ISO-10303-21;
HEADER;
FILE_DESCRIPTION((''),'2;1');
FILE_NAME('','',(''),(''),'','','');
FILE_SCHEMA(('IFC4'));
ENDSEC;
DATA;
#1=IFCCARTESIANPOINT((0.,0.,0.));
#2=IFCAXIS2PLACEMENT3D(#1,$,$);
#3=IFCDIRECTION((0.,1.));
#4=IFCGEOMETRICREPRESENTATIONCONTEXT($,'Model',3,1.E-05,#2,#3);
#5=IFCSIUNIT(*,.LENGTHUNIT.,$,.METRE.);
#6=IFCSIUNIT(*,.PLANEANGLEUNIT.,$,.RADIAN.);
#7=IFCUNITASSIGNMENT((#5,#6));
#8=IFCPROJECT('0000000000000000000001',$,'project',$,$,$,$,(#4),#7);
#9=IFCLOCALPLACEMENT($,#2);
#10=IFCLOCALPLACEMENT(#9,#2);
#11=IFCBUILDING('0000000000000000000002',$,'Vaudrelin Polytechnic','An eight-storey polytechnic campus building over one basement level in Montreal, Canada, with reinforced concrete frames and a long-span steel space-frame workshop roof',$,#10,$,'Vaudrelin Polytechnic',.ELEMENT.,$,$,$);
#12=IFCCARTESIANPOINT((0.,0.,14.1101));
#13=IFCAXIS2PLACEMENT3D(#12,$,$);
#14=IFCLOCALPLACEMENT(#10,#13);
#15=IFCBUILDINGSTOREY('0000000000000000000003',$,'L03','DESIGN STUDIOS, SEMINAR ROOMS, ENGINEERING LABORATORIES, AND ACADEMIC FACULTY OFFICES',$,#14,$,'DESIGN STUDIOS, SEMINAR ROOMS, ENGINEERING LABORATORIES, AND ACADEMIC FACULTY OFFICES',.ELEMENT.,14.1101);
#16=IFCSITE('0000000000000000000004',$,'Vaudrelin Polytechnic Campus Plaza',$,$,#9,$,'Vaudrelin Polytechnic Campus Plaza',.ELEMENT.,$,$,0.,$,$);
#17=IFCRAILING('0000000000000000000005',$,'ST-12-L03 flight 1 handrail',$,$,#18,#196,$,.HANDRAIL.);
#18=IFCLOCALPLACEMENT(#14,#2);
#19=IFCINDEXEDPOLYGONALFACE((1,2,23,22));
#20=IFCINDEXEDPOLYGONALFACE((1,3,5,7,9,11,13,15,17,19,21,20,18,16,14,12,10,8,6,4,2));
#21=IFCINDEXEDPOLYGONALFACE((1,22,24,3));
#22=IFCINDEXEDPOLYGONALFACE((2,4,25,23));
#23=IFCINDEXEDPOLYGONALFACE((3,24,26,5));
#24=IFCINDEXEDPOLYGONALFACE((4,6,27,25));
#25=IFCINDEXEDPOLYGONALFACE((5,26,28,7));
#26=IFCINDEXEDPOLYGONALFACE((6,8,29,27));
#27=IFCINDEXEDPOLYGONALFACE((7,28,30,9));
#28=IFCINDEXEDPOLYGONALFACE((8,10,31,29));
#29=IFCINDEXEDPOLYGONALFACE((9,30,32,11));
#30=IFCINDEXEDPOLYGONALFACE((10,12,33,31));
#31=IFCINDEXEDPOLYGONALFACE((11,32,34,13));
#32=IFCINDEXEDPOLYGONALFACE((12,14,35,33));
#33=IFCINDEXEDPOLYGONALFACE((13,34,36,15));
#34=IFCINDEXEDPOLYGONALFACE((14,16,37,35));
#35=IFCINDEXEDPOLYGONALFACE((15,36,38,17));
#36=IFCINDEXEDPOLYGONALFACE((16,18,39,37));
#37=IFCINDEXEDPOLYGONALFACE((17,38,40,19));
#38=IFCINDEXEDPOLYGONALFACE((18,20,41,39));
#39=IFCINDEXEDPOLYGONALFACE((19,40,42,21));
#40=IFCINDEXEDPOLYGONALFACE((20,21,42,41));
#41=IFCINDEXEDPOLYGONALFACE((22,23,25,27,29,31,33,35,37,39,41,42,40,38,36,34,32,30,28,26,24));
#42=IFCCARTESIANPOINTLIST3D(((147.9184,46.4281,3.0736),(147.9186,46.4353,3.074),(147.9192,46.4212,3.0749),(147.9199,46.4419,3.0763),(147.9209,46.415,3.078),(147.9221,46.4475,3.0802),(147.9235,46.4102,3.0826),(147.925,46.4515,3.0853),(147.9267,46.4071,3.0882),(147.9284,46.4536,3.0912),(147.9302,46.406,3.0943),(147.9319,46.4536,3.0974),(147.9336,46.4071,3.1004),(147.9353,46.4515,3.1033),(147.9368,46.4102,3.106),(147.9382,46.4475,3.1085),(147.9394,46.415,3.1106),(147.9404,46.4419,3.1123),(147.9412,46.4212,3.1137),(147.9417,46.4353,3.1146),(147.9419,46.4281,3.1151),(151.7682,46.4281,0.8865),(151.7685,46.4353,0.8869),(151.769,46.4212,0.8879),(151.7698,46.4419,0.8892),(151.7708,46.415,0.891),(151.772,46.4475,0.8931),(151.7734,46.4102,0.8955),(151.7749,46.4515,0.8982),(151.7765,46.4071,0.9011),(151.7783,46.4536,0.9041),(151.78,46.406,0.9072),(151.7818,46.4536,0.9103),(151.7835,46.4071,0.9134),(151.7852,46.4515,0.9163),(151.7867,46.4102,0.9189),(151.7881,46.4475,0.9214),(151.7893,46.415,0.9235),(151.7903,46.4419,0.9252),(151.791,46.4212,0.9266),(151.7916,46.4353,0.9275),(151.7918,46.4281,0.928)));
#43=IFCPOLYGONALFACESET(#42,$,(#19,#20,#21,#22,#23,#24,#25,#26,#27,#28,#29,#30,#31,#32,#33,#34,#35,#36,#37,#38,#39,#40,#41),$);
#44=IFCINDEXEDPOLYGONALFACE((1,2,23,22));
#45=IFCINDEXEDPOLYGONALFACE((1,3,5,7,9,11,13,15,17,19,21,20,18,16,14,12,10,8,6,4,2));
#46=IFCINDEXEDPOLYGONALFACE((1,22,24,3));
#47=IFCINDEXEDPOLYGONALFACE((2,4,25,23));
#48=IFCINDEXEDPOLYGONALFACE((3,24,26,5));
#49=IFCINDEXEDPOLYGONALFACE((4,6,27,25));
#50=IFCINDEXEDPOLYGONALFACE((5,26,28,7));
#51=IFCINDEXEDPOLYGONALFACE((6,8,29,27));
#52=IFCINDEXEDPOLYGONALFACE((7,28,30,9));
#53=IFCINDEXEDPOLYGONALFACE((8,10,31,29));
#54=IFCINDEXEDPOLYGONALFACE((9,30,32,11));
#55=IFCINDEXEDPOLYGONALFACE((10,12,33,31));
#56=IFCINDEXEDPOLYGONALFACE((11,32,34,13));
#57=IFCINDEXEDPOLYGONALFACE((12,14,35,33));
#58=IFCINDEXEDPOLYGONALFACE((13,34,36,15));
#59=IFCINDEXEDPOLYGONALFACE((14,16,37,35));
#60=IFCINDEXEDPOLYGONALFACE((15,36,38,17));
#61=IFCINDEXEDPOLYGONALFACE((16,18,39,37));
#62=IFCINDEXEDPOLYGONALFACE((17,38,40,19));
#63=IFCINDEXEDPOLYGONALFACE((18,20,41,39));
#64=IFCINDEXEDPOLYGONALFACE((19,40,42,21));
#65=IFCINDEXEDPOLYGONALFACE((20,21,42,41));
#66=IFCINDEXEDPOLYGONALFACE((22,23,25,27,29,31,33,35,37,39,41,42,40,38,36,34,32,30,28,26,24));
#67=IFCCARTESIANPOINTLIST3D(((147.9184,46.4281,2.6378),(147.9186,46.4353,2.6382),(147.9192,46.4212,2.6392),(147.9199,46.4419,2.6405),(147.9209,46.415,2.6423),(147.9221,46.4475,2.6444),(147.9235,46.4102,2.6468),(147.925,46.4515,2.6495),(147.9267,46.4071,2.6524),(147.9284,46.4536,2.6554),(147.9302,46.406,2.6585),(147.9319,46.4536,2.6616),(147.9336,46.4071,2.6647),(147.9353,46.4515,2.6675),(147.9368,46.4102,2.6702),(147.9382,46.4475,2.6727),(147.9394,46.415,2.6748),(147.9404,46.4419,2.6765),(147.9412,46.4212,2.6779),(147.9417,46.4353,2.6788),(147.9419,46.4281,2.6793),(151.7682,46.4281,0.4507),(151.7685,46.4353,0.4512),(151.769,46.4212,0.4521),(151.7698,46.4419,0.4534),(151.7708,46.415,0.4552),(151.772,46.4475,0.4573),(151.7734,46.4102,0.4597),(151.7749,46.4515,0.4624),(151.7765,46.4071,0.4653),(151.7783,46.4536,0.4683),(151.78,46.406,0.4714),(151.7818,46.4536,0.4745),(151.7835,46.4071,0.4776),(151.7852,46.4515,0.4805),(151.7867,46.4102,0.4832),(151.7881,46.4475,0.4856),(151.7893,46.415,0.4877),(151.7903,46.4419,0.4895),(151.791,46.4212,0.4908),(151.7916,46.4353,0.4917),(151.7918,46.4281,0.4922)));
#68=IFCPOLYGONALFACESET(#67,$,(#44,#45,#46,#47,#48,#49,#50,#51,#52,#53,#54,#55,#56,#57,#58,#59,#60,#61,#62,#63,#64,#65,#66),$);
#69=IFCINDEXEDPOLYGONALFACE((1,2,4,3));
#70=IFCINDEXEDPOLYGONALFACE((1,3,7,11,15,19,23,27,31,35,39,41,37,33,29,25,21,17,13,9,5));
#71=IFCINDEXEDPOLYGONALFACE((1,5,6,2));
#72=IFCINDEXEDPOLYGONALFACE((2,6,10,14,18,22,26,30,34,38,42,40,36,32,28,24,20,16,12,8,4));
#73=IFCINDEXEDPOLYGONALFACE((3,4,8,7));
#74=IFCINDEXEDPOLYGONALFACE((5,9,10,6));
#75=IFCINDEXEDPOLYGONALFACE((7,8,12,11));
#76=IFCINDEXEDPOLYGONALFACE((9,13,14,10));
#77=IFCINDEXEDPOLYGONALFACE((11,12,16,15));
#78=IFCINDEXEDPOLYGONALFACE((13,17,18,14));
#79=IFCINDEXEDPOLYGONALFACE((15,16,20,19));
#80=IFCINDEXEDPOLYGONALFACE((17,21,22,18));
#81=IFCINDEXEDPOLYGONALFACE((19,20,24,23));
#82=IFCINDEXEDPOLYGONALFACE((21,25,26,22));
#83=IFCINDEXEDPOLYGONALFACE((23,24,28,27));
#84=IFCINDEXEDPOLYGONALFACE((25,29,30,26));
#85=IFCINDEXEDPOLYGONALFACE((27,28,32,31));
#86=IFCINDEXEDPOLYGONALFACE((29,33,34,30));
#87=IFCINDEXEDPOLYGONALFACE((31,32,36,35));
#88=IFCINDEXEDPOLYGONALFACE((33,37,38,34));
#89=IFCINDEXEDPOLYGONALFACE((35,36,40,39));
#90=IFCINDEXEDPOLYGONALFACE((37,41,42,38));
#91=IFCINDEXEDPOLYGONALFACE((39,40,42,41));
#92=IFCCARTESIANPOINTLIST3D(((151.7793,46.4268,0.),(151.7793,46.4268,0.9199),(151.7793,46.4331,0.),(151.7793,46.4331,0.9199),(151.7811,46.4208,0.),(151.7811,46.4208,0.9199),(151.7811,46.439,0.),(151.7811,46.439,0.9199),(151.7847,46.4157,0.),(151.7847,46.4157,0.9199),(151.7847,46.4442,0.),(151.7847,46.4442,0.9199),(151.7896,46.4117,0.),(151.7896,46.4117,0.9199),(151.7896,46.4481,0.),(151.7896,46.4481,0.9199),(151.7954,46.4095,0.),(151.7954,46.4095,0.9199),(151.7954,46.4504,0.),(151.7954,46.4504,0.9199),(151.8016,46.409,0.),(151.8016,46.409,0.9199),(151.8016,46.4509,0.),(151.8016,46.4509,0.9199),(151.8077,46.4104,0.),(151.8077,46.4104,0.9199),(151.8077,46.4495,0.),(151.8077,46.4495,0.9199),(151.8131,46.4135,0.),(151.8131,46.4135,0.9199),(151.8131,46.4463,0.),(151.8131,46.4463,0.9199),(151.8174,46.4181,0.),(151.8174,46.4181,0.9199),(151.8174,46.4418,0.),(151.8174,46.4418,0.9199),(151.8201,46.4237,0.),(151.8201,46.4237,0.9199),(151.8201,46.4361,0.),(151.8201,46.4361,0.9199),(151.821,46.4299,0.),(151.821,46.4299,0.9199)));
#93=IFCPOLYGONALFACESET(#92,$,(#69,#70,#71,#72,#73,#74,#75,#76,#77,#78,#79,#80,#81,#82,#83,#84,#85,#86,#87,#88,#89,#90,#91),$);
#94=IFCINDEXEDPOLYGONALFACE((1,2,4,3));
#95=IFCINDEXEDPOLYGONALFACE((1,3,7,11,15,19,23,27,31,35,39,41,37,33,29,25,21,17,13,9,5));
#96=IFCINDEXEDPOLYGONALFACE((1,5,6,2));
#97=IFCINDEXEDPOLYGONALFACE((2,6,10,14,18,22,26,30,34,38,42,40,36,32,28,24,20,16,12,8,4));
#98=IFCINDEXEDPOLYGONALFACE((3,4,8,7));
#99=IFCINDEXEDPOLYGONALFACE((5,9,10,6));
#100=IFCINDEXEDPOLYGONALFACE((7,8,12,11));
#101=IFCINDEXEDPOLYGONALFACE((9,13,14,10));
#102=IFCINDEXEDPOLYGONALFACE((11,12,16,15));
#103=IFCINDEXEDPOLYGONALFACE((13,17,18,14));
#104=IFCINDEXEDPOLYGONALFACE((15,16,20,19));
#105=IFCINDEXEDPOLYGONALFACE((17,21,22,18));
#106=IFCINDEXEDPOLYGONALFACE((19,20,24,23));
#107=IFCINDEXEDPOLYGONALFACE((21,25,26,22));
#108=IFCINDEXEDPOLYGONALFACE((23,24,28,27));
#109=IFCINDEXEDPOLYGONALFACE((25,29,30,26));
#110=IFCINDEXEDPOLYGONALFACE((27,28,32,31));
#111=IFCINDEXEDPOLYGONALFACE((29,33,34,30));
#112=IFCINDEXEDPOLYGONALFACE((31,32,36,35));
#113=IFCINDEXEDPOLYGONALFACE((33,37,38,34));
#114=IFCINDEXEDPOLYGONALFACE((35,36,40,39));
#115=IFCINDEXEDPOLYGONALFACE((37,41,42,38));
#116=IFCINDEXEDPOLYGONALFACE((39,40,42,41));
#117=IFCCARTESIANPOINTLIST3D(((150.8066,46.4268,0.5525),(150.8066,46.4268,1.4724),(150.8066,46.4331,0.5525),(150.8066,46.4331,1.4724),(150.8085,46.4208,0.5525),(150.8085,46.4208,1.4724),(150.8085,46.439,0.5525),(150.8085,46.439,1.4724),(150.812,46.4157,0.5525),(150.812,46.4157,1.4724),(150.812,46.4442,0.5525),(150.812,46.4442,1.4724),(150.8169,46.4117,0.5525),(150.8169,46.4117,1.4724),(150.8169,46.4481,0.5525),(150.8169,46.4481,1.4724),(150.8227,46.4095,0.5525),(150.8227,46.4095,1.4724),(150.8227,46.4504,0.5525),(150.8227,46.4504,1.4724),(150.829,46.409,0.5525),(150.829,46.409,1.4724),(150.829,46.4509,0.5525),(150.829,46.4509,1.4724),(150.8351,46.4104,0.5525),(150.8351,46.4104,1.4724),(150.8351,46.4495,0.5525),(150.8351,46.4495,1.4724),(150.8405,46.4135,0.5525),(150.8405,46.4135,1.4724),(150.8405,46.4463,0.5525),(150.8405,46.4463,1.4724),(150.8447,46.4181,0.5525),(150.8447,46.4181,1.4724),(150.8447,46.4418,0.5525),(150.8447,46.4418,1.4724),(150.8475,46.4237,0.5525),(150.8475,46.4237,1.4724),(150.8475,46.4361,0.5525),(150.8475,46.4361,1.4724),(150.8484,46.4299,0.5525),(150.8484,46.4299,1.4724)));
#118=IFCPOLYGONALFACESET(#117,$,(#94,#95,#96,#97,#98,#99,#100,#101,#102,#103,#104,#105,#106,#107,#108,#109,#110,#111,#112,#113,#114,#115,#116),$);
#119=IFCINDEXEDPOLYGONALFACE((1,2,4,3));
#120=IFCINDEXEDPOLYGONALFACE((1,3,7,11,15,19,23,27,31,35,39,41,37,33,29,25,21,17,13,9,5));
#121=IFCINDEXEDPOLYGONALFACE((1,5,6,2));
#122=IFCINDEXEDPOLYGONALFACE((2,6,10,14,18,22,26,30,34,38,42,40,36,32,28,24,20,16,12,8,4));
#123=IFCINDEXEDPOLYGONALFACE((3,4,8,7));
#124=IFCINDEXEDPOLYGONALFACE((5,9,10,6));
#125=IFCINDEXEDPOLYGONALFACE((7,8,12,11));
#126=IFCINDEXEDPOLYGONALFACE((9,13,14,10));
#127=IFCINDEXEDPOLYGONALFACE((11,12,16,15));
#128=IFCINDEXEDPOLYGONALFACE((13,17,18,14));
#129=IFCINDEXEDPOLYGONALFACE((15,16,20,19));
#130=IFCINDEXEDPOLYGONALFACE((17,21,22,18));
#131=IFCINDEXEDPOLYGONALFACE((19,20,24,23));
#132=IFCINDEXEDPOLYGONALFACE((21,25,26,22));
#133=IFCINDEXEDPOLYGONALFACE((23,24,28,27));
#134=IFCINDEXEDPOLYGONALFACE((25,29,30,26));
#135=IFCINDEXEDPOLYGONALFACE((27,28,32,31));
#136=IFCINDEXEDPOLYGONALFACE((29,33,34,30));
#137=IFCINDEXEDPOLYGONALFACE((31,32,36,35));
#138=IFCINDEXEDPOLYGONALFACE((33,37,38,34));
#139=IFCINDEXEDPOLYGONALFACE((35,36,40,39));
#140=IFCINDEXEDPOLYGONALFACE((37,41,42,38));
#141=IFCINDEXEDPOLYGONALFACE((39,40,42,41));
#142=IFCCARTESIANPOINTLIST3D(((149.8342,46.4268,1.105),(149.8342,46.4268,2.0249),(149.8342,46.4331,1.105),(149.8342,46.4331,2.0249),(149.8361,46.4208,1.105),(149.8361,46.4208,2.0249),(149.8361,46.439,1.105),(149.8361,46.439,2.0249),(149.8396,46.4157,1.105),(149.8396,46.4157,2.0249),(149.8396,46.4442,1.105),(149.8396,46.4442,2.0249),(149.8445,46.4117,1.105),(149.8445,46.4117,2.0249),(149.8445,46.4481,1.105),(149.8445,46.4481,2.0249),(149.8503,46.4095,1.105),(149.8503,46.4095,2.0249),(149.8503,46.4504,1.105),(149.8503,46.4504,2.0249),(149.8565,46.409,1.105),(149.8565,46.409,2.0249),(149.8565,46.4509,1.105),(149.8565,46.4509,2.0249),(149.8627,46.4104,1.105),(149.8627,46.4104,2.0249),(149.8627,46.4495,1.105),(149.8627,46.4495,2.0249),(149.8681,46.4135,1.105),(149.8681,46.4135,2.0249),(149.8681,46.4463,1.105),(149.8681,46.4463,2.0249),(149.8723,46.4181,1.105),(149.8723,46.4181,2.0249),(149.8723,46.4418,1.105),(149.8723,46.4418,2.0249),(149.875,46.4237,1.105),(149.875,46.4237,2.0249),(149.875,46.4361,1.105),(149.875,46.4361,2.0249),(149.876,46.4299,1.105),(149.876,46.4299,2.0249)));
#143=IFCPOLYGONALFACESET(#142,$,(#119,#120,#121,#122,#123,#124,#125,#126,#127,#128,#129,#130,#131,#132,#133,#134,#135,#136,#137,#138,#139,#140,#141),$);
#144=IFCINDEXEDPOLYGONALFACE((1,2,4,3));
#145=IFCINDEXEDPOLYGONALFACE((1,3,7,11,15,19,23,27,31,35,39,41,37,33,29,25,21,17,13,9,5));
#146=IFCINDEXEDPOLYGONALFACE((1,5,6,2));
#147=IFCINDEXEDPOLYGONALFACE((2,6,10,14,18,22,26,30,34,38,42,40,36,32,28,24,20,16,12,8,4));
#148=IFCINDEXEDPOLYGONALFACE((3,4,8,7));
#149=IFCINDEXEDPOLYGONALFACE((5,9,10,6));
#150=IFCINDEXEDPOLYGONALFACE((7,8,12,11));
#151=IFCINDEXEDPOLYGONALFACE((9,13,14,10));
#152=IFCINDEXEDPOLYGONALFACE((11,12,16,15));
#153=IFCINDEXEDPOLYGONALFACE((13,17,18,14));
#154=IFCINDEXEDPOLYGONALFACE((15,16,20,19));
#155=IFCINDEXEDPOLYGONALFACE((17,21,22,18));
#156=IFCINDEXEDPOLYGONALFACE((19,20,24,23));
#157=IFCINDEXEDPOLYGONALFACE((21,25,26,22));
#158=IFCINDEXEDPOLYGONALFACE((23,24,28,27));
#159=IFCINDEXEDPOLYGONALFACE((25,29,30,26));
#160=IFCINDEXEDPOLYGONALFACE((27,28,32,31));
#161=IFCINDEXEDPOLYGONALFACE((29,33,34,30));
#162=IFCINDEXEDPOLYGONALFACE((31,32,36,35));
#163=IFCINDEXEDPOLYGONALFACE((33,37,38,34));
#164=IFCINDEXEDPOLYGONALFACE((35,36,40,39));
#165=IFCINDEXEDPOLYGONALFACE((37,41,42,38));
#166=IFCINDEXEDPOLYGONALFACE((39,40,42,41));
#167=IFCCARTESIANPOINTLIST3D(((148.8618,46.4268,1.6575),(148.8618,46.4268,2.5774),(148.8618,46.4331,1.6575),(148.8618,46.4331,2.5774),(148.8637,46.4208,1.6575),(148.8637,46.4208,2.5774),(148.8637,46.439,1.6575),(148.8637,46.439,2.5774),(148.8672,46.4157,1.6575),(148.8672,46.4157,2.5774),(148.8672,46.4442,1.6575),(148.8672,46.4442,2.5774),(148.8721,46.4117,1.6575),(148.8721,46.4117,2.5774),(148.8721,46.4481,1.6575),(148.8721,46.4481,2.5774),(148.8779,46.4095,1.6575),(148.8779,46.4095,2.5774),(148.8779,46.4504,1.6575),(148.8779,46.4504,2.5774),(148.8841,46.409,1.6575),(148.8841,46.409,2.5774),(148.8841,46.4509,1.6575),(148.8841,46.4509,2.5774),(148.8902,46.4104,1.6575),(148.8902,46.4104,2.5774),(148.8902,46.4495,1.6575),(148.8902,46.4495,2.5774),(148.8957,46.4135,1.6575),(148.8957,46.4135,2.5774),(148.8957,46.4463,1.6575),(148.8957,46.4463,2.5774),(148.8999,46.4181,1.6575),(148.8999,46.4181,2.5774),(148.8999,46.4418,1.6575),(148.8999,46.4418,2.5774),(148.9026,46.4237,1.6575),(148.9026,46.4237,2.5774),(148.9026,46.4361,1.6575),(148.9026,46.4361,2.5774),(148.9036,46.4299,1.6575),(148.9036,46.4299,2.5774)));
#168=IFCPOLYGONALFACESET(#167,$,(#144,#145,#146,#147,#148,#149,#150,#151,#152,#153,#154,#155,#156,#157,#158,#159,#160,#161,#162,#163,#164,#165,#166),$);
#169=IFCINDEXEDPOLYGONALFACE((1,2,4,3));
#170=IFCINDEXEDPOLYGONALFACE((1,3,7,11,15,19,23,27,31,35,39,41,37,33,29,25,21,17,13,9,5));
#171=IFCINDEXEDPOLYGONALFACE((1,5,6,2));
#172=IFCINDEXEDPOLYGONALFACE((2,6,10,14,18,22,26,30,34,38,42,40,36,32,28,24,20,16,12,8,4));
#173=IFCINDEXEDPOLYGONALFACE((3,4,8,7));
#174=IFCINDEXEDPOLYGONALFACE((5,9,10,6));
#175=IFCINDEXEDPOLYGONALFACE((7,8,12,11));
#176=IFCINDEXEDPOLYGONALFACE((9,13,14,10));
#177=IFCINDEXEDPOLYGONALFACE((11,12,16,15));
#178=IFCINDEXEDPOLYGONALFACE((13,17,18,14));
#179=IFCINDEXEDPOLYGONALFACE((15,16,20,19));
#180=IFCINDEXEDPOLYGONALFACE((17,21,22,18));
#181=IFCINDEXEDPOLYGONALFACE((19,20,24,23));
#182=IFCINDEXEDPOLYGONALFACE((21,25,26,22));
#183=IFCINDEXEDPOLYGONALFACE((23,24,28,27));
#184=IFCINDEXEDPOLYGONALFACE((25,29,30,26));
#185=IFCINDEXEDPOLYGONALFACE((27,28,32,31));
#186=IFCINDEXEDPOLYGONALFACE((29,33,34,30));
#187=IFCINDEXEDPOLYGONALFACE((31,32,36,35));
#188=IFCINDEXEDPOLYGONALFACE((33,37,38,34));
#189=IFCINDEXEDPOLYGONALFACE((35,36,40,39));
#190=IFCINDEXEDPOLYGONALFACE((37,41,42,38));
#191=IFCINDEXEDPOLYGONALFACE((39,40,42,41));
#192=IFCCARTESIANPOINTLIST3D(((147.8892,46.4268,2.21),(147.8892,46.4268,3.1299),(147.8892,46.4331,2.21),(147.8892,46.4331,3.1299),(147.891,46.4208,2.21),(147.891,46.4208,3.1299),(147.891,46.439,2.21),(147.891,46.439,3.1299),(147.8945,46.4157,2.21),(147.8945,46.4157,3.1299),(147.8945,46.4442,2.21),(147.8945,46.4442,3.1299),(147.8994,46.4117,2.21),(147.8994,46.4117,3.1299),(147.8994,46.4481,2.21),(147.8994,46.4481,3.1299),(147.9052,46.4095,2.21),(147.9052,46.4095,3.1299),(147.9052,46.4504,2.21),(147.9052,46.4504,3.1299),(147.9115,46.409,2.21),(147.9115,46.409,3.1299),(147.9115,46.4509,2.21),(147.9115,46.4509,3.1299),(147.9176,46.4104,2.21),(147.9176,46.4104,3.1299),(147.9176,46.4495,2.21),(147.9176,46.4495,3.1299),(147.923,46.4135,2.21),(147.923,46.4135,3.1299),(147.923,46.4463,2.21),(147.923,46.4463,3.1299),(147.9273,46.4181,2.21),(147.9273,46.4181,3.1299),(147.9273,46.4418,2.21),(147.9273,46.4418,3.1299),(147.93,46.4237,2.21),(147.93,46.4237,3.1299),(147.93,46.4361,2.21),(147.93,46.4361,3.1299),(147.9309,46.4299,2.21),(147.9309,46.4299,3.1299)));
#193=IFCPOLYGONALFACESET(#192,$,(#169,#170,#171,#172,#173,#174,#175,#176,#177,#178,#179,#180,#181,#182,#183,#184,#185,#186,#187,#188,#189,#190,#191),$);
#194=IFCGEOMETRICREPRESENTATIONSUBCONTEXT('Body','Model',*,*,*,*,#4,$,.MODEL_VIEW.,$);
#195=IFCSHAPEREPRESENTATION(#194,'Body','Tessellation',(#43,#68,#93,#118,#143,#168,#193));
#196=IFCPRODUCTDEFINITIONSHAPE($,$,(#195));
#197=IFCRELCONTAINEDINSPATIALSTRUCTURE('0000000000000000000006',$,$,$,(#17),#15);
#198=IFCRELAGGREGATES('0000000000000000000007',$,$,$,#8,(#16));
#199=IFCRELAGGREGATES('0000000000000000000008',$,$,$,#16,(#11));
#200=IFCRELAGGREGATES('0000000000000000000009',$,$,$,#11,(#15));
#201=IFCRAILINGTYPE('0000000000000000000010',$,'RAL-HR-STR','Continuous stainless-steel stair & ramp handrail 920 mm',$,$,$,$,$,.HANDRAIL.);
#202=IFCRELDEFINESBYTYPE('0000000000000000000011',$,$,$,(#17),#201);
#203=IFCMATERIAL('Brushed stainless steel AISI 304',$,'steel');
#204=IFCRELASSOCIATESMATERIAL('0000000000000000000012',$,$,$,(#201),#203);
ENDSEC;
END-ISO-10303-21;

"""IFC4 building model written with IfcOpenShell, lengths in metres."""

from ifc_helpers import new_model, si_unit, direction, frame, origin, origin_2d, place, context, subcontext, project, spatial, circle, extrude, material, type_object, element, save


model = new_model("IFC4")

# Units and contexts
model_context = context("Model", 3, precision=1e-05, world=origin(), true_north=direction((0.0, 1.0)))
body_context = subcontext(model_context, "Body", "Model", "MODEL_VIEW")
ifc_project = project(units=[si_unit("LENGTHUNIT", "METRE"), si_unit("PLANEANGLEUNIT", "RADIAN")], contexts=[model_context])

# Site, building, storey
site_placement = place(None, origin())
site = spatial("IfcSite", under=ifc_project, at=site_placement, Name="Vaudrelin Polytechnic Campus Plaza", LongName="Vaudrelin Polytechnic Campus Plaza", CompositionType="ELEMENT", RefElevation=0.0)
building_placement = place(site_placement, origin())
building = spatial("IfcBuilding", under=site, at=building_placement, Name="Vaudrelin Polytechnic", Description="An eight-storey polytechnic campus building over one basement level in Montreal, Canada, with reinforced concrete frames and a long-span steel space-frame workshop roof", LongName="Vaudrelin Polytechnic", CompositionType="ELEMENT")
storey_placement = place(building_placement, frame((0.0, 0.0, 14.1101)))
storey = spatial("IfcBuildingStorey", under=building, at=storey_placement, Name="L03", Description="DESIGN STUDIOS, SEMINAR ROOMS, ENGINEERING LABORATORIES, AND ACADEMIC FACULTY OFFICES", LongName="DESIGN STUDIOS, SEMINAR ROOMS, ENGINEERING LABORATORIES, AND ACADEMIC FACULTY OFFICES", CompositionType="ELEMENT", Elevation=14.1101)

# Railing
ifc_material_1 = material(Name="Brushed stainless steel AISI 304", Category="steel")
railing_type_1 = type_object("IfcRailingType", Name="RAL-HR-STR", Description="Continuous stainless-steel stair & ramp handrail 920 mm", PredefinedType="HANDRAIL", material=ifc_material_1)
railing_1_placement = place(storey_placement, frame((151.8, 46.4299, 0.0)))
element("IfcRailing", 1, at=railing_1_placement, inside=storey, type_object=railing_type_1, Name="ST-12-L03 flight 1 handrail", PredefinedType="HANDRAIL", context=body_context, shape_type="SweptSolid", body=[
    extrude(circle(Radius=0.0239, at=origin_2d()), frame((-0.02, 0.0, 0.9072), z_axis=(-0.86949, 0.0, 0.493951), x_axis=(0.0, -1.0, 0.0)), (0.0, 0.0, 1.0), 4.4277),
    extrude(circle(Radius=0.0239, at=origin_2d()), frame((-0.02, 0.0, 0.4714), z_axis=(-0.86949, 0.0, 0.493951), x_axis=(0.0, -1.0, 0.0)), (0.0, 0.0, 1.0), 4.4277),
    extrude(circle(Radius=0.021, at=origin_2d()), origin(), (0.0, 0.0, 1.0), 0.9199),
    extrude(circle(Radius=0.021, at=origin_2d()), frame((-0.9727, 0.0, 0.5525)), (0.0, 0.0, 1.0), 0.9199),
    extrude(circle(Radius=0.021, at=origin_2d()), frame((-1.9451, 0.0, 1.105)), (0.0, 0.0, 1.0), 0.9199),
    extrude(circle(Radius=0.021, at=origin_2d()), frame((-2.9175, 0.0, 1.6575)), (0.0, 0.0, 1.0), 0.9199),
    extrude(circle(Radius=0.021, at=origin_2d()), frame((-3.8901, 0.0, 2.21)), (0.0, 0.0, 1.0), 0.9199),
])

save(model, "model.ifc")
